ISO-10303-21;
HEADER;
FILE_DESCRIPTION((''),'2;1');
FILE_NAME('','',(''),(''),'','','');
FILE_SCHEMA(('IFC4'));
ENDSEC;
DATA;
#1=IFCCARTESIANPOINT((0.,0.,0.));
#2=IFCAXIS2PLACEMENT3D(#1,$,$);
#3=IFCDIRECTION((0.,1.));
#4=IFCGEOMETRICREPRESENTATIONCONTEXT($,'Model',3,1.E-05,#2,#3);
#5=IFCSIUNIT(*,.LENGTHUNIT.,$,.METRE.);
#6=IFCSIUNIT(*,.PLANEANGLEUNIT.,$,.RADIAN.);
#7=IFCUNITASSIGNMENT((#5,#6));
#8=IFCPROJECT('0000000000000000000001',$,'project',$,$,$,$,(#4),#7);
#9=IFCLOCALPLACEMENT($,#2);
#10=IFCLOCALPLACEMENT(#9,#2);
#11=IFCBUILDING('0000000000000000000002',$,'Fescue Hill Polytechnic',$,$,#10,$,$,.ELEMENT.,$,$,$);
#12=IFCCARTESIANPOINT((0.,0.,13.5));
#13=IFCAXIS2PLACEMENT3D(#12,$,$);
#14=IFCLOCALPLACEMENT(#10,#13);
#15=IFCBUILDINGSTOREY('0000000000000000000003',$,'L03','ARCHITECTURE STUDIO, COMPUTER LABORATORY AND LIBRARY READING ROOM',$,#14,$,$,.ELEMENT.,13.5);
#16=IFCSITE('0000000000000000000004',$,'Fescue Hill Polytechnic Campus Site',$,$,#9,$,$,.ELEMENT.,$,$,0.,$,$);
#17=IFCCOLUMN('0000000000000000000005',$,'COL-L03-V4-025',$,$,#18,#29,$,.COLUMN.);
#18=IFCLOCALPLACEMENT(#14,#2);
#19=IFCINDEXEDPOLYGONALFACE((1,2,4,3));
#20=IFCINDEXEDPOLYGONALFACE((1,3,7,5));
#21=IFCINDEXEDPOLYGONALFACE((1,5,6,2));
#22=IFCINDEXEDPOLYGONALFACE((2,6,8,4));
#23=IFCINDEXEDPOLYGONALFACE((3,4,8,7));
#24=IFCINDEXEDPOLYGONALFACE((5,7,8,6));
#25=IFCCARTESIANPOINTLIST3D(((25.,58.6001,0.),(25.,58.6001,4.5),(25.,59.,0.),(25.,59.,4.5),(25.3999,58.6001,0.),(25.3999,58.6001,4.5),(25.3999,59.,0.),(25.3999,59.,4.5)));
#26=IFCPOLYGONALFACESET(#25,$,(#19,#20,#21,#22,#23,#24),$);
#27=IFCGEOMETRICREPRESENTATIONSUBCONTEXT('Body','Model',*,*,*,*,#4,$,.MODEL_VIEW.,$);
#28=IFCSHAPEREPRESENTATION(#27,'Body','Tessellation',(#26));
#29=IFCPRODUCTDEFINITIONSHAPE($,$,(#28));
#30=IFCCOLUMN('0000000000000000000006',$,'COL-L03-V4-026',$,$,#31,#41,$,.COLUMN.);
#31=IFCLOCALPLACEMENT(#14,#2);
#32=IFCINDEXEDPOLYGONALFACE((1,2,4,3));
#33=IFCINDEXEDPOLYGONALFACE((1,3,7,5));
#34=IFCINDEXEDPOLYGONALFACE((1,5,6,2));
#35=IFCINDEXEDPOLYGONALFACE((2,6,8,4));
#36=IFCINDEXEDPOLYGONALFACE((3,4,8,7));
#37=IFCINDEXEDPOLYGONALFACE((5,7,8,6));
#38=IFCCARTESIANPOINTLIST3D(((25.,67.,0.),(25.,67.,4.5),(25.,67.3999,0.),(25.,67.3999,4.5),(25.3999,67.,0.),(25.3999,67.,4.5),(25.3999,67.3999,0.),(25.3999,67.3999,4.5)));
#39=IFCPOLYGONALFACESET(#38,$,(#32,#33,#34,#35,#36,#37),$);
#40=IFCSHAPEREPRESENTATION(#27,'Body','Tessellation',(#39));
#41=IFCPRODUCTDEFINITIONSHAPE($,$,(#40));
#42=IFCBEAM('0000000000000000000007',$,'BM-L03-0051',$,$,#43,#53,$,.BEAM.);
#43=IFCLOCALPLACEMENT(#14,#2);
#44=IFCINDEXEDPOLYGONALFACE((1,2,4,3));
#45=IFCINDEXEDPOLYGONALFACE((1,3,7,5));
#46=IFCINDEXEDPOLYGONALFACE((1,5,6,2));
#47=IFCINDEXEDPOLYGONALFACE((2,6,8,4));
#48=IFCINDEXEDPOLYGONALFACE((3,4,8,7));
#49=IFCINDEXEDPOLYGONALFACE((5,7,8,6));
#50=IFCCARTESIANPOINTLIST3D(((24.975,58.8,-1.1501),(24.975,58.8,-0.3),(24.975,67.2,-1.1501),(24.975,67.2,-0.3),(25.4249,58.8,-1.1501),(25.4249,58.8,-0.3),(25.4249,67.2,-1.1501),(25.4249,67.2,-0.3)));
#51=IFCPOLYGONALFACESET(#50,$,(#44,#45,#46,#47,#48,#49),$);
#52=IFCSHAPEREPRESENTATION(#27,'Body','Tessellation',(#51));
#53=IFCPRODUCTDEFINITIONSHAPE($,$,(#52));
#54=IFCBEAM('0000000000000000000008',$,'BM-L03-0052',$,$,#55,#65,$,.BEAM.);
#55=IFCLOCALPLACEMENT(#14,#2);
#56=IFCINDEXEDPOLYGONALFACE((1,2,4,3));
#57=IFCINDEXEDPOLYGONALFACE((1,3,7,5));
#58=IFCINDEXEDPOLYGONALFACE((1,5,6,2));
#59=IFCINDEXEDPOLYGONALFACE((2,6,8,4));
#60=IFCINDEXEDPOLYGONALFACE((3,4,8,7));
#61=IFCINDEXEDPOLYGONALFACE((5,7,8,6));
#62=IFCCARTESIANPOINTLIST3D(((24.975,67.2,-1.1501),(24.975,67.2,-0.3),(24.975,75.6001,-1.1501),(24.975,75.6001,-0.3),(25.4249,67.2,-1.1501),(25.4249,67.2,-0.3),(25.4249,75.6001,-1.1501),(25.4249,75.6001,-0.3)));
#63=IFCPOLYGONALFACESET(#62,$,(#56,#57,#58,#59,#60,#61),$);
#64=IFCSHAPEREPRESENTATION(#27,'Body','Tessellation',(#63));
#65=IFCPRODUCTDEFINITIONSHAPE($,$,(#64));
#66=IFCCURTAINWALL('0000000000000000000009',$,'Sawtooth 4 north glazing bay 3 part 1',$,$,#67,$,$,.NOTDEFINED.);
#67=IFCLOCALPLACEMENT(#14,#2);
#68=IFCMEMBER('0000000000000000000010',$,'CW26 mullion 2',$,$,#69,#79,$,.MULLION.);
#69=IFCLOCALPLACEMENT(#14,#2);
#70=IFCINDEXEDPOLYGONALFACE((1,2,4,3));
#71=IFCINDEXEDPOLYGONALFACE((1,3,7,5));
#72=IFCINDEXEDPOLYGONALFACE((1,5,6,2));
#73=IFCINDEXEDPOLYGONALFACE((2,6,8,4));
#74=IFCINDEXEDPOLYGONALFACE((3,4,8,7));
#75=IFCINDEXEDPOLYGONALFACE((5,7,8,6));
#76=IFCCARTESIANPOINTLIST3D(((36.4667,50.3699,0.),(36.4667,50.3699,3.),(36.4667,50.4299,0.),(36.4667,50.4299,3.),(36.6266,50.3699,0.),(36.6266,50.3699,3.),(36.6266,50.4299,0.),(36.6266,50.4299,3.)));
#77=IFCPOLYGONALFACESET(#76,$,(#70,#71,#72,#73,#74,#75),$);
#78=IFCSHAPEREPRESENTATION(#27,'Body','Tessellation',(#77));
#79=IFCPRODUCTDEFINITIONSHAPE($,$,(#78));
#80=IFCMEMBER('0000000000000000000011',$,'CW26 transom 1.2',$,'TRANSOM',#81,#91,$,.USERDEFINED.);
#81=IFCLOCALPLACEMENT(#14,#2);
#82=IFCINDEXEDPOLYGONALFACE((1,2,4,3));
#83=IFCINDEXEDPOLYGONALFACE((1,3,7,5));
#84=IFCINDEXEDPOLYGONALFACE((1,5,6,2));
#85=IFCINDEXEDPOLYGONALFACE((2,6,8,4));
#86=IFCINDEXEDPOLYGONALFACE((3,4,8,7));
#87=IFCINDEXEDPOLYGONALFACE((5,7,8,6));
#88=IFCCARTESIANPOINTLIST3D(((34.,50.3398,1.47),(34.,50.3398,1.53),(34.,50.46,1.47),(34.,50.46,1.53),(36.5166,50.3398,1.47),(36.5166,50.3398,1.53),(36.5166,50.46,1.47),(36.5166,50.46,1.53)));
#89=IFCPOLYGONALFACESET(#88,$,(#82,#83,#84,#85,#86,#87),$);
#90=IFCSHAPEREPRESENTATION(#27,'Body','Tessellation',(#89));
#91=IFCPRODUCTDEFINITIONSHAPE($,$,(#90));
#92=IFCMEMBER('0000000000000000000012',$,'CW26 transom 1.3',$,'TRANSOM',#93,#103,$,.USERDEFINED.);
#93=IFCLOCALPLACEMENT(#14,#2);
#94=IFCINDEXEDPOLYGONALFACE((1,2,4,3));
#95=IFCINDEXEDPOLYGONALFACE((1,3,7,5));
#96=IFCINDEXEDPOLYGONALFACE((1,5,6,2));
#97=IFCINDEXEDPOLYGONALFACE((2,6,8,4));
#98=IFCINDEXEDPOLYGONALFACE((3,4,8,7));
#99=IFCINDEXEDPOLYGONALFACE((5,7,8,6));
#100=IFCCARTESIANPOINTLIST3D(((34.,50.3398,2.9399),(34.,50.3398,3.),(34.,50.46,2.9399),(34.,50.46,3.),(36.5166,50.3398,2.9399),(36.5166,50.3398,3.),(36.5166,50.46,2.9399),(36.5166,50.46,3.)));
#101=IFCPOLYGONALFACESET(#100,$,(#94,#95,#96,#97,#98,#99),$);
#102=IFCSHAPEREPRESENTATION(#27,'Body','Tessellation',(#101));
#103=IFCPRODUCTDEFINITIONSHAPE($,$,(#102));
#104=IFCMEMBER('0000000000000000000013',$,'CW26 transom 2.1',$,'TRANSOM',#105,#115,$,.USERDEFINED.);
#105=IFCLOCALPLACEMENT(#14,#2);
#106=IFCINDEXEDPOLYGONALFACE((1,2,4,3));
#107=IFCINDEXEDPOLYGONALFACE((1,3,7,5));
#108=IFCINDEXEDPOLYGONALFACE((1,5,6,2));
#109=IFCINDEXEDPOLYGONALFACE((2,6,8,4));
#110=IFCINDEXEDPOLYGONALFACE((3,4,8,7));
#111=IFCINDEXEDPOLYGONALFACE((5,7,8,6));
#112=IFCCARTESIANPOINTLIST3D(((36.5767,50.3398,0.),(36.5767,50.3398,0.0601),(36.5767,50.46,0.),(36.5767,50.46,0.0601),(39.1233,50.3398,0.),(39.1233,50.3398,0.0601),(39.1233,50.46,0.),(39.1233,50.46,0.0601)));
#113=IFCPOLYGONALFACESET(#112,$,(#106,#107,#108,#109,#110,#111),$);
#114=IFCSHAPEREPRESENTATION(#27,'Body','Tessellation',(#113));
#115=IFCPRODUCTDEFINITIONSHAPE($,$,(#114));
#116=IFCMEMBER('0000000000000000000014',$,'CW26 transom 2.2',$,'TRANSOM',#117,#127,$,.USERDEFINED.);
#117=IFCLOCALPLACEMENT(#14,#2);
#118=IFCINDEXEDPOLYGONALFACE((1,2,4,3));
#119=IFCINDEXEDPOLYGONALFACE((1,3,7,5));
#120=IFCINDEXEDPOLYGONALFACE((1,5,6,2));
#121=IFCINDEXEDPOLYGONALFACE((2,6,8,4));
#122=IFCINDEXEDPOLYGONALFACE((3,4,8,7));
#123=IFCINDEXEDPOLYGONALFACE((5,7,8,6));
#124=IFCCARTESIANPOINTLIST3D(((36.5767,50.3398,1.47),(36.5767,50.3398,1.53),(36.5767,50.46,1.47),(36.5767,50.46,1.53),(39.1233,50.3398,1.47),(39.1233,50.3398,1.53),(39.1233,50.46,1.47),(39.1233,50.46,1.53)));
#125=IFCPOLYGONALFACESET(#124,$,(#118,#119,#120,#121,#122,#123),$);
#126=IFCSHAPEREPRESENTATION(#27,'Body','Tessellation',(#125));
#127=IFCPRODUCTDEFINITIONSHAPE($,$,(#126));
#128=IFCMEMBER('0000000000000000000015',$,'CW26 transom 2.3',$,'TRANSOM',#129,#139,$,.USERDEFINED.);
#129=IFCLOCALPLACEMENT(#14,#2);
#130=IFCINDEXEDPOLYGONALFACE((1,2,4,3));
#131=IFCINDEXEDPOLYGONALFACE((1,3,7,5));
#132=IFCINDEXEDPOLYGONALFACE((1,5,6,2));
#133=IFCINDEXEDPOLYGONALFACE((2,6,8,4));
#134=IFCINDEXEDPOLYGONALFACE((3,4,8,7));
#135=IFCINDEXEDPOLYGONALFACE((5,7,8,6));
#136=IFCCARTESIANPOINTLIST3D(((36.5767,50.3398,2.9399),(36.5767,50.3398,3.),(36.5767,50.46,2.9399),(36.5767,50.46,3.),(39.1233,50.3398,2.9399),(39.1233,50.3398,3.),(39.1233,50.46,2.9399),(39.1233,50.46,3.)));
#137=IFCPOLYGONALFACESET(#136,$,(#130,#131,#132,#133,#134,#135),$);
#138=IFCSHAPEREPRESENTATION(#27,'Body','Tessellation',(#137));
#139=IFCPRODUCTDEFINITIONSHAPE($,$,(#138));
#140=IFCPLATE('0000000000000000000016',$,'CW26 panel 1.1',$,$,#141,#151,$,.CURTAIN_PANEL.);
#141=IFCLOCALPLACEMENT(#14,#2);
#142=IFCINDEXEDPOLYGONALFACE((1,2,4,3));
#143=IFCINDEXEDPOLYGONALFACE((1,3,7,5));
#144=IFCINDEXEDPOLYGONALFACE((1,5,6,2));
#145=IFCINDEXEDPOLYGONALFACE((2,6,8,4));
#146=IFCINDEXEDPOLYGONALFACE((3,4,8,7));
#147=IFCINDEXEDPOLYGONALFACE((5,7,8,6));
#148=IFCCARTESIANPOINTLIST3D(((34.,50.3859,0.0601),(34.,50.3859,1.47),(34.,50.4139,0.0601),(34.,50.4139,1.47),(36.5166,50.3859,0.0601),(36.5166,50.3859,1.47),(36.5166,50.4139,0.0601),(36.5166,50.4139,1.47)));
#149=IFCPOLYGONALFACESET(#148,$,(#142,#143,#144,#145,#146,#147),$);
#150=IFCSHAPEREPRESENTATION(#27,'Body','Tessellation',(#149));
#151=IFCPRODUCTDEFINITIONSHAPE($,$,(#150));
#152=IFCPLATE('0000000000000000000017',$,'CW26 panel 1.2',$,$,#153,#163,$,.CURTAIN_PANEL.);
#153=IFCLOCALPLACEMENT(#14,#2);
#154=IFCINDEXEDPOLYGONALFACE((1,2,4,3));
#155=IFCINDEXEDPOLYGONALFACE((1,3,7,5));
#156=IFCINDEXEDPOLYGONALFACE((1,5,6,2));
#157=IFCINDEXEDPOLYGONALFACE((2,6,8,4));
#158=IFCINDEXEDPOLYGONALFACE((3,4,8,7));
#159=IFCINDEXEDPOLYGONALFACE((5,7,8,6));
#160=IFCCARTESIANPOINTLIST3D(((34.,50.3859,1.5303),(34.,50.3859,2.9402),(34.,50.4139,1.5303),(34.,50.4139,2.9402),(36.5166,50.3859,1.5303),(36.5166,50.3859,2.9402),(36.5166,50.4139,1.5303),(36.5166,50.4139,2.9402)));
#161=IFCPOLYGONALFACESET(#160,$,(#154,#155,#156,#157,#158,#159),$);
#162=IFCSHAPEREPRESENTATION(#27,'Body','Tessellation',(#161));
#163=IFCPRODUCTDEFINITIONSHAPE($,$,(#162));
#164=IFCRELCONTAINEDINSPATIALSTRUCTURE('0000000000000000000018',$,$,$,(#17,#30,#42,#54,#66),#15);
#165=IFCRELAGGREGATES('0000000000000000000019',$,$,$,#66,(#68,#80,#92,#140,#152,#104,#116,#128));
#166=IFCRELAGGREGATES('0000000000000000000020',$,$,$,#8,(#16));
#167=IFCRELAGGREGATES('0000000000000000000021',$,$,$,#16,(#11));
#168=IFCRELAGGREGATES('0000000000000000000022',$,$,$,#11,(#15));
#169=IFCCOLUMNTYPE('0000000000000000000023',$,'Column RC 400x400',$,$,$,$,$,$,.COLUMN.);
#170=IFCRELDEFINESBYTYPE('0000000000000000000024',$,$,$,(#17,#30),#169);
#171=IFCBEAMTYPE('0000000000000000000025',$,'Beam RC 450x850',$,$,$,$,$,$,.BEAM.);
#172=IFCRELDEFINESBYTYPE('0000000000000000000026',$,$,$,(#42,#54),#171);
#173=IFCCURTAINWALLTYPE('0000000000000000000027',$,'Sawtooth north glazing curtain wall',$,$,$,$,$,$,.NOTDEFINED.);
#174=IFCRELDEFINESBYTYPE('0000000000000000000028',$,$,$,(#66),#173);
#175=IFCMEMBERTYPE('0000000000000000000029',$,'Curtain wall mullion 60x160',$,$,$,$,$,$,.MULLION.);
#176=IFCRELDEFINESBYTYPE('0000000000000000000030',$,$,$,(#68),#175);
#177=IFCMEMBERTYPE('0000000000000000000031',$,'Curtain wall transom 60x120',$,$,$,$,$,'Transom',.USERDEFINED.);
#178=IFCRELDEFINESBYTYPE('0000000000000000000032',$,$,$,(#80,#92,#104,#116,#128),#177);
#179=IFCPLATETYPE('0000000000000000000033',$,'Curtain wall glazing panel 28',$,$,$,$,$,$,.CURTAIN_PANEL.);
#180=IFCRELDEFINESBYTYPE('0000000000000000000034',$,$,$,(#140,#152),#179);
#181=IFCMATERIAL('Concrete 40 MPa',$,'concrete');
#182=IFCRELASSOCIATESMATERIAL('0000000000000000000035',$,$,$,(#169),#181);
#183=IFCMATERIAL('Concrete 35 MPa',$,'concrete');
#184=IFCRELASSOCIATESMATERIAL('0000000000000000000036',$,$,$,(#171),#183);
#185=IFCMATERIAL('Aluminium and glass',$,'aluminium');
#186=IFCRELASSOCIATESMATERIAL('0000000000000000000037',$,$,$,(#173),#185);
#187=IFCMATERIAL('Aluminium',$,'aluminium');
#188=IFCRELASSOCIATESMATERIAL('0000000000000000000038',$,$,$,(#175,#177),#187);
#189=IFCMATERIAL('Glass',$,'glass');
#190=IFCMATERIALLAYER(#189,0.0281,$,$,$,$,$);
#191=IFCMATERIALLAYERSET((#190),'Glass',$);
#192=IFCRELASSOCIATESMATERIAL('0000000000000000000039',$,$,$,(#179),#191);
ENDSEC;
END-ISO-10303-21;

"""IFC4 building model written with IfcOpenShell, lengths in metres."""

from ifc_helpers import new_model, si_unit, direction, frame, origin, origin_2d, place, context, subcontext, project, spatial, rectangle, extrude, material, layer, layer_set, material_profile, profile_set, type_object, element, aggregate, save


model = new_model("IFC4")

# Units and contexts
model_context = context("Model", 3, precision=1e-05, world=origin(), true_north=direction((0.0, 1.0)))
body_context = subcontext(model_context, "Body", "Model", "MODEL_VIEW")
ifc_project = project(units=[si_unit("LENGTHUNIT", "METRE"), si_unit("PLANEANGLEUNIT", "RADIAN")], contexts=[model_context])

# Site, building, storey
site_placement = place(None, origin())
site = spatial("IfcSite", under=ifc_project, at=site_placement, Name="Fescue Hill Polytechnic Campus Site", CompositionType="ELEMENT", RefElevation=0.0)
building_placement = place(site_placement, origin())
building = spatial("IfcBuilding", under=site, at=building_placement, Name="Fescue Hill Polytechnic", CompositionType="ELEMENT")
storey_placement = place(building_placement, frame((0.0, 0.0, 13.5)))
storey = spatial("IfcBuildingStorey", under=building, at=storey_placement, Name="L03", Description="ARCHITECTURE STUDIO, COMPUTER LABORATORY AND LIBRARY READING ROOM", CompositionType="ELEMENT", Elevation=13.5)

# Columns
ifc_material_1 = material(Name="Concrete 40 MPa", Category="concrete")
ifc_material_profile_1 = material_profile(ifc_material_1, rectangle(XDim=0.3999, YDim=0.3999, at=origin_2d()), Name="RC 400x400")
ifc_profile_set_1 = profile_set([ifc_material_profile_1], Name="Concrete 40 MPa")
column_type = type_object("IfcColumnType", Name="Column RC 400x400", PredefinedType="COLUMN", material=ifc_profile_set_1)
for number, where, z_axis, x_axis, name in (
    (1, (25.2, 58.8, 0.0), (0.0, 0.0, 1.0), (1.0, 0.0, 0.0), "COL-L03-V4-025"),
    (2, (25.2, 67.2, 0.0), (0.0, 0.0, 1.0), (1.0, 0.0, 0.0), "COL-L03-V4-026"),
):
    element("IfcColumn", number, at=place(storey_placement, frame(where, z_axis=z_axis, x_axis=x_axis)), inside=storey, type_object=column_type, Name=name, PredefinedType="COLUMN", context=body_context, shape_type="SweptSolid", body=[
        extrude(rectangle(XDim=0.3999, YDim=0.3999, at=origin_2d()), origin(), (0.0, 0.0, 1.0), 4.5),
    ])

# Beams
ifc_material_2 = material(Name="Concrete 35 MPa", Category="concrete")
ifc_material_profile_2 = material_profile(ifc_material_2, rectangle(XDim=0.45, YDim=0.8501, at=origin_2d()), Name="RC 450x850")
ifc_profile_set_2 = profile_set([ifc_material_profile_2], Name="Concrete 35 MPa")
beam_type = type_object("IfcBeamType", Name="Beam RC 450x850", PredefinedType="BEAM", material=ifc_profile_set_2)
beam_1_placement = place(storey_placement, frame((25.2, 58.8, -0.7251), z_axis=(0.0, 1.0, 0.0), x_axis=(-1.0, 0.0, 0.0)))
element("IfcBeam", 3, at=beam_1_placement, inside=storey, type_object=beam_type, Name="BM-L03-0051", PredefinedType="BEAM", context=body_context, shape_type="SweptSolid", body=[
    extrude(rectangle(XDim=0.45, YDim=0.8501, at=origin_2d()), origin(), (0.0, 0.0, 1.0), 8.3999),
])
beam_2_placement = place(storey_placement, frame((25.2, 67.2, -0.7251), z_axis=(0.0, 1.0, 0.0), x_axis=(-1.0, 0.0, 0.0)))
element("IfcBeam", 4, at=beam_2_placement, inside=storey, type_object=beam_type, Name="BM-L03-0052", PredefinedType="BEAM", context=body_context, shape_type="SweptSolid", body=[
    extrude(rectangle(XDim=0.45, YDim=0.8501, at=origin_2d()), origin(), (0.0, 0.0, 1.0), 8.4001),
])

# Curtain wall, members, plates
ifc_material_3 = material(Name="Aluminium and glass", Category="aluminium")
curtain_wall_type = type_object("IfcCurtainWallType", Name="Sawtooth north glazing curtain wall", PredefinedType="NOTDEFINED", material=ifc_material_3)
curtain_wall_placement = place(storey_placement, origin())
curtain_wall = element("IfcCurtainWall", 5, at=curtain_wall_placement, inside=storey, type_object=curtain_wall_type, Name="Sawtooth 4 north glazing bay 3 part 1", PredefinedType="NOTDEFINED")
ifc_material_4 = material(Name="Aluminium", Category="aluminium")
ifc_material_profile_3 = material_profile(ifc_material_4, rectangle(XDim=0.0601, YDim=0.1599, at=origin_2d()), Name="Curtain wall mullion 60x160")
ifc_profile_set_3 = profile_set([ifc_material_profile_3], Name="Aluminium")
member_type_1 = type_object("IfcMemberType", Name="Curtain wall mullion 60x160", PredefinedType="MULLION", material=ifc_profile_set_3)
member_1_placement = place(storey_placement, frame((36.5466, 50.3999, 0.0), z_axis=(0.0, 0.0, 1.0), x_axis=(0.0, 1.0, 0.0)))
member_1 = element("IfcMember", 6, at=member_1_placement, type_object=member_type_1, Name="CW26 mullion 2", PredefinedType="MULLION", context=body_context, shape_type="SweptSolid", body=[
    extrude(rectangle(XDim=0.0601, YDim=0.1599, at=origin_2d()), origin(), (0.0, 0.0, 1.0), 3.0),
])
ifc_material_profile_4 = material_profile(ifc_material_4, rectangle(XDim=0.1201, YDim=0.0601, at=origin_2d()), Name="Curtain wall transom 60x120")
ifc_profile_set_4 = profile_set([ifc_material_profile_4], Name="Aluminium")
member_type_2 = type_object("IfcMemberType", Name="Curtain wall transom 60x120", ElementType="Transom", PredefinedType="USERDEFINED", material=ifc_profile_set_4)
member_2_placement = place(storey_placement, frame((34.0, 50.3999, 1.5), z_axis=(1.0, 0.0, 0.0), x_axis=(0.0, 1.0, 0.0)))
member_2 = element("IfcMember", 7, at=member_2_placement, type_object=member_type_2, Name="CW26 transom 1.2", ObjectType="TRANSOM", PredefinedType="USERDEFINED", context=body_context, shape_type="SweptSolid", body=[
    extrude(rectangle(XDim=0.1201, YDim=0.0601, at=origin_2d()), origin(), (0.0, 0.0, 1.0), 2.5166),
])
member_3_placement = place(storey_placement, frame((34.0, 50.3999, 2.97), z_axis=(1.0, 0.0, 0.0), x_axis=(0.0, 1.0, 0.0)))
member_3 = element("IfcMember", 8, at=member_3_placement, type_object=member_type_2, Name="CW26 transom 1.3", ObjectType="TRANSOM", PredefinedType="USERDEFINED", context=body_context, shape_type="SweptSolid", body=[
    extrude(rectangle(XDim=0.1201, YDim=0.0601, at=origin_2d()), origin(), (0.0, 0.0, 1.0), 2.5166),
])
member_4_placement = place(storey_placement, frame((36.5767, 50.3999, 0.03), z_axis=(1.0, 0.0, 0.0), x_axis=(0.0, 1.0, 0.0)))
member_4 = element("IfcMember", 9, at=member_4_placement, type_object=member_type_2, Name="CW26 transom 2.1", ObjectType="TRANSOM", PredefinedType="USERDEFINED", context=body_context, shape_type="SweptSolid", body=[
    extrude(rectangle(XDim=0.1201, YDim=0.0601, at=origin_2d()), origin(), (0.0, 0.0, 1.0), 2.5466),
])
member_5_placement = place(storey_placement, frame((36.5767, 50.3999, 1.5), z_axis=(1.0, 0.0, 0.0), x_axis=(0.0, 1.0, 0.0)))
member_5 = element("IfcMember", 10, at=member_5_placement, type_object=member_type_2, Name="CW26 transom 2.2", ObjectType="TRANSOM", PredefinedType="USERDEFINED", context=body_context, shape_type="SweptSolid", body=[
    extrude(rectangle(XDim=0.1201, YDim=0.0601, at=origin_2d()), origin(), (0.0, 0.0, 1.0), 2.5466),
])
member_6_placement = place(storey_placement, frame((36.5767, 50.3999, 2.97), z_axis=(1.0, 0.0, 0.0), x_axis=(0.0, 1.0, 0.0)))
member_6 = element("IfcMember", 11, at=member_6_placement, type_object=member_type_2, Name="CW26 transom 2.3", ObjectType="TRANSOM", PredefinedType="USERDEFINED", context=body_context, shape_type="SweptSolid", body=[
    extrude(rectangle(XDim=0.1201, YDim=0.0601, at=origin_2d()), origin(), (0.0, 0.0, 1.0), 2.5466),
])
ifc_material_5 = material(Name="Glass", Category="glass")
ifc_layer_1 = layer(ifc_material_5, 0.0281)
ifc_layer_set_1 = layer_set([ifc_layer_1], Name="Glass")
plate_type = type_object("IfcPlateType", Name="Curtain wall glazing panel 28", PredefinedType="CURTAIN_PANEL", material=ifc_layer_set_1)
plate_1_placement = place(storey_placement, frame((35.2583, 50.3999, 0.0601), z_axis=(0.0, 0.0, 1.0), x_axis=(1.0, 0.0, 0.0)))
plate_1 = element("IfcPlate", 12, at=plate_1_placement, type_object=plate_type, Name="CW26 panel 1.1", PredefinedType="CURTAIN_PANEL", context=body_context, shape_type="SweptSolid", body=[
    extrude(rectangle(XDim=2.5166, YDim=0.0281, at=origin_2d()), origin(), (0.0, 0.0, 1.0), 1.4099),
])
plate_2_placement = place(storey_placement, frame((35.2583, 50.3999, 1.5303), z_axis=(0.0, 0.0, 1.0), x_axis=(1.0, 0.0, 0.0)))
plate_2 = element("IfcPlate", 13, at=plate_2_placement, type_object=plate_type, Name="CW26 panel 1.2", PredefinedType="CURTAIN_PANEL", context=body_context, shape_type="SweptSolid", body=[
    extrude(rectangle(XDim=2.5166, YDim=0.0281, at=origin_2d()), origin(), (0.0, 0.0, 1.0), 1.4099),
])
aggregate(curtain_wall, [member_1, member_2, member_3, plate_1, plate_2, member_4, member_5, member_6])

save(model, "model.ifc")
